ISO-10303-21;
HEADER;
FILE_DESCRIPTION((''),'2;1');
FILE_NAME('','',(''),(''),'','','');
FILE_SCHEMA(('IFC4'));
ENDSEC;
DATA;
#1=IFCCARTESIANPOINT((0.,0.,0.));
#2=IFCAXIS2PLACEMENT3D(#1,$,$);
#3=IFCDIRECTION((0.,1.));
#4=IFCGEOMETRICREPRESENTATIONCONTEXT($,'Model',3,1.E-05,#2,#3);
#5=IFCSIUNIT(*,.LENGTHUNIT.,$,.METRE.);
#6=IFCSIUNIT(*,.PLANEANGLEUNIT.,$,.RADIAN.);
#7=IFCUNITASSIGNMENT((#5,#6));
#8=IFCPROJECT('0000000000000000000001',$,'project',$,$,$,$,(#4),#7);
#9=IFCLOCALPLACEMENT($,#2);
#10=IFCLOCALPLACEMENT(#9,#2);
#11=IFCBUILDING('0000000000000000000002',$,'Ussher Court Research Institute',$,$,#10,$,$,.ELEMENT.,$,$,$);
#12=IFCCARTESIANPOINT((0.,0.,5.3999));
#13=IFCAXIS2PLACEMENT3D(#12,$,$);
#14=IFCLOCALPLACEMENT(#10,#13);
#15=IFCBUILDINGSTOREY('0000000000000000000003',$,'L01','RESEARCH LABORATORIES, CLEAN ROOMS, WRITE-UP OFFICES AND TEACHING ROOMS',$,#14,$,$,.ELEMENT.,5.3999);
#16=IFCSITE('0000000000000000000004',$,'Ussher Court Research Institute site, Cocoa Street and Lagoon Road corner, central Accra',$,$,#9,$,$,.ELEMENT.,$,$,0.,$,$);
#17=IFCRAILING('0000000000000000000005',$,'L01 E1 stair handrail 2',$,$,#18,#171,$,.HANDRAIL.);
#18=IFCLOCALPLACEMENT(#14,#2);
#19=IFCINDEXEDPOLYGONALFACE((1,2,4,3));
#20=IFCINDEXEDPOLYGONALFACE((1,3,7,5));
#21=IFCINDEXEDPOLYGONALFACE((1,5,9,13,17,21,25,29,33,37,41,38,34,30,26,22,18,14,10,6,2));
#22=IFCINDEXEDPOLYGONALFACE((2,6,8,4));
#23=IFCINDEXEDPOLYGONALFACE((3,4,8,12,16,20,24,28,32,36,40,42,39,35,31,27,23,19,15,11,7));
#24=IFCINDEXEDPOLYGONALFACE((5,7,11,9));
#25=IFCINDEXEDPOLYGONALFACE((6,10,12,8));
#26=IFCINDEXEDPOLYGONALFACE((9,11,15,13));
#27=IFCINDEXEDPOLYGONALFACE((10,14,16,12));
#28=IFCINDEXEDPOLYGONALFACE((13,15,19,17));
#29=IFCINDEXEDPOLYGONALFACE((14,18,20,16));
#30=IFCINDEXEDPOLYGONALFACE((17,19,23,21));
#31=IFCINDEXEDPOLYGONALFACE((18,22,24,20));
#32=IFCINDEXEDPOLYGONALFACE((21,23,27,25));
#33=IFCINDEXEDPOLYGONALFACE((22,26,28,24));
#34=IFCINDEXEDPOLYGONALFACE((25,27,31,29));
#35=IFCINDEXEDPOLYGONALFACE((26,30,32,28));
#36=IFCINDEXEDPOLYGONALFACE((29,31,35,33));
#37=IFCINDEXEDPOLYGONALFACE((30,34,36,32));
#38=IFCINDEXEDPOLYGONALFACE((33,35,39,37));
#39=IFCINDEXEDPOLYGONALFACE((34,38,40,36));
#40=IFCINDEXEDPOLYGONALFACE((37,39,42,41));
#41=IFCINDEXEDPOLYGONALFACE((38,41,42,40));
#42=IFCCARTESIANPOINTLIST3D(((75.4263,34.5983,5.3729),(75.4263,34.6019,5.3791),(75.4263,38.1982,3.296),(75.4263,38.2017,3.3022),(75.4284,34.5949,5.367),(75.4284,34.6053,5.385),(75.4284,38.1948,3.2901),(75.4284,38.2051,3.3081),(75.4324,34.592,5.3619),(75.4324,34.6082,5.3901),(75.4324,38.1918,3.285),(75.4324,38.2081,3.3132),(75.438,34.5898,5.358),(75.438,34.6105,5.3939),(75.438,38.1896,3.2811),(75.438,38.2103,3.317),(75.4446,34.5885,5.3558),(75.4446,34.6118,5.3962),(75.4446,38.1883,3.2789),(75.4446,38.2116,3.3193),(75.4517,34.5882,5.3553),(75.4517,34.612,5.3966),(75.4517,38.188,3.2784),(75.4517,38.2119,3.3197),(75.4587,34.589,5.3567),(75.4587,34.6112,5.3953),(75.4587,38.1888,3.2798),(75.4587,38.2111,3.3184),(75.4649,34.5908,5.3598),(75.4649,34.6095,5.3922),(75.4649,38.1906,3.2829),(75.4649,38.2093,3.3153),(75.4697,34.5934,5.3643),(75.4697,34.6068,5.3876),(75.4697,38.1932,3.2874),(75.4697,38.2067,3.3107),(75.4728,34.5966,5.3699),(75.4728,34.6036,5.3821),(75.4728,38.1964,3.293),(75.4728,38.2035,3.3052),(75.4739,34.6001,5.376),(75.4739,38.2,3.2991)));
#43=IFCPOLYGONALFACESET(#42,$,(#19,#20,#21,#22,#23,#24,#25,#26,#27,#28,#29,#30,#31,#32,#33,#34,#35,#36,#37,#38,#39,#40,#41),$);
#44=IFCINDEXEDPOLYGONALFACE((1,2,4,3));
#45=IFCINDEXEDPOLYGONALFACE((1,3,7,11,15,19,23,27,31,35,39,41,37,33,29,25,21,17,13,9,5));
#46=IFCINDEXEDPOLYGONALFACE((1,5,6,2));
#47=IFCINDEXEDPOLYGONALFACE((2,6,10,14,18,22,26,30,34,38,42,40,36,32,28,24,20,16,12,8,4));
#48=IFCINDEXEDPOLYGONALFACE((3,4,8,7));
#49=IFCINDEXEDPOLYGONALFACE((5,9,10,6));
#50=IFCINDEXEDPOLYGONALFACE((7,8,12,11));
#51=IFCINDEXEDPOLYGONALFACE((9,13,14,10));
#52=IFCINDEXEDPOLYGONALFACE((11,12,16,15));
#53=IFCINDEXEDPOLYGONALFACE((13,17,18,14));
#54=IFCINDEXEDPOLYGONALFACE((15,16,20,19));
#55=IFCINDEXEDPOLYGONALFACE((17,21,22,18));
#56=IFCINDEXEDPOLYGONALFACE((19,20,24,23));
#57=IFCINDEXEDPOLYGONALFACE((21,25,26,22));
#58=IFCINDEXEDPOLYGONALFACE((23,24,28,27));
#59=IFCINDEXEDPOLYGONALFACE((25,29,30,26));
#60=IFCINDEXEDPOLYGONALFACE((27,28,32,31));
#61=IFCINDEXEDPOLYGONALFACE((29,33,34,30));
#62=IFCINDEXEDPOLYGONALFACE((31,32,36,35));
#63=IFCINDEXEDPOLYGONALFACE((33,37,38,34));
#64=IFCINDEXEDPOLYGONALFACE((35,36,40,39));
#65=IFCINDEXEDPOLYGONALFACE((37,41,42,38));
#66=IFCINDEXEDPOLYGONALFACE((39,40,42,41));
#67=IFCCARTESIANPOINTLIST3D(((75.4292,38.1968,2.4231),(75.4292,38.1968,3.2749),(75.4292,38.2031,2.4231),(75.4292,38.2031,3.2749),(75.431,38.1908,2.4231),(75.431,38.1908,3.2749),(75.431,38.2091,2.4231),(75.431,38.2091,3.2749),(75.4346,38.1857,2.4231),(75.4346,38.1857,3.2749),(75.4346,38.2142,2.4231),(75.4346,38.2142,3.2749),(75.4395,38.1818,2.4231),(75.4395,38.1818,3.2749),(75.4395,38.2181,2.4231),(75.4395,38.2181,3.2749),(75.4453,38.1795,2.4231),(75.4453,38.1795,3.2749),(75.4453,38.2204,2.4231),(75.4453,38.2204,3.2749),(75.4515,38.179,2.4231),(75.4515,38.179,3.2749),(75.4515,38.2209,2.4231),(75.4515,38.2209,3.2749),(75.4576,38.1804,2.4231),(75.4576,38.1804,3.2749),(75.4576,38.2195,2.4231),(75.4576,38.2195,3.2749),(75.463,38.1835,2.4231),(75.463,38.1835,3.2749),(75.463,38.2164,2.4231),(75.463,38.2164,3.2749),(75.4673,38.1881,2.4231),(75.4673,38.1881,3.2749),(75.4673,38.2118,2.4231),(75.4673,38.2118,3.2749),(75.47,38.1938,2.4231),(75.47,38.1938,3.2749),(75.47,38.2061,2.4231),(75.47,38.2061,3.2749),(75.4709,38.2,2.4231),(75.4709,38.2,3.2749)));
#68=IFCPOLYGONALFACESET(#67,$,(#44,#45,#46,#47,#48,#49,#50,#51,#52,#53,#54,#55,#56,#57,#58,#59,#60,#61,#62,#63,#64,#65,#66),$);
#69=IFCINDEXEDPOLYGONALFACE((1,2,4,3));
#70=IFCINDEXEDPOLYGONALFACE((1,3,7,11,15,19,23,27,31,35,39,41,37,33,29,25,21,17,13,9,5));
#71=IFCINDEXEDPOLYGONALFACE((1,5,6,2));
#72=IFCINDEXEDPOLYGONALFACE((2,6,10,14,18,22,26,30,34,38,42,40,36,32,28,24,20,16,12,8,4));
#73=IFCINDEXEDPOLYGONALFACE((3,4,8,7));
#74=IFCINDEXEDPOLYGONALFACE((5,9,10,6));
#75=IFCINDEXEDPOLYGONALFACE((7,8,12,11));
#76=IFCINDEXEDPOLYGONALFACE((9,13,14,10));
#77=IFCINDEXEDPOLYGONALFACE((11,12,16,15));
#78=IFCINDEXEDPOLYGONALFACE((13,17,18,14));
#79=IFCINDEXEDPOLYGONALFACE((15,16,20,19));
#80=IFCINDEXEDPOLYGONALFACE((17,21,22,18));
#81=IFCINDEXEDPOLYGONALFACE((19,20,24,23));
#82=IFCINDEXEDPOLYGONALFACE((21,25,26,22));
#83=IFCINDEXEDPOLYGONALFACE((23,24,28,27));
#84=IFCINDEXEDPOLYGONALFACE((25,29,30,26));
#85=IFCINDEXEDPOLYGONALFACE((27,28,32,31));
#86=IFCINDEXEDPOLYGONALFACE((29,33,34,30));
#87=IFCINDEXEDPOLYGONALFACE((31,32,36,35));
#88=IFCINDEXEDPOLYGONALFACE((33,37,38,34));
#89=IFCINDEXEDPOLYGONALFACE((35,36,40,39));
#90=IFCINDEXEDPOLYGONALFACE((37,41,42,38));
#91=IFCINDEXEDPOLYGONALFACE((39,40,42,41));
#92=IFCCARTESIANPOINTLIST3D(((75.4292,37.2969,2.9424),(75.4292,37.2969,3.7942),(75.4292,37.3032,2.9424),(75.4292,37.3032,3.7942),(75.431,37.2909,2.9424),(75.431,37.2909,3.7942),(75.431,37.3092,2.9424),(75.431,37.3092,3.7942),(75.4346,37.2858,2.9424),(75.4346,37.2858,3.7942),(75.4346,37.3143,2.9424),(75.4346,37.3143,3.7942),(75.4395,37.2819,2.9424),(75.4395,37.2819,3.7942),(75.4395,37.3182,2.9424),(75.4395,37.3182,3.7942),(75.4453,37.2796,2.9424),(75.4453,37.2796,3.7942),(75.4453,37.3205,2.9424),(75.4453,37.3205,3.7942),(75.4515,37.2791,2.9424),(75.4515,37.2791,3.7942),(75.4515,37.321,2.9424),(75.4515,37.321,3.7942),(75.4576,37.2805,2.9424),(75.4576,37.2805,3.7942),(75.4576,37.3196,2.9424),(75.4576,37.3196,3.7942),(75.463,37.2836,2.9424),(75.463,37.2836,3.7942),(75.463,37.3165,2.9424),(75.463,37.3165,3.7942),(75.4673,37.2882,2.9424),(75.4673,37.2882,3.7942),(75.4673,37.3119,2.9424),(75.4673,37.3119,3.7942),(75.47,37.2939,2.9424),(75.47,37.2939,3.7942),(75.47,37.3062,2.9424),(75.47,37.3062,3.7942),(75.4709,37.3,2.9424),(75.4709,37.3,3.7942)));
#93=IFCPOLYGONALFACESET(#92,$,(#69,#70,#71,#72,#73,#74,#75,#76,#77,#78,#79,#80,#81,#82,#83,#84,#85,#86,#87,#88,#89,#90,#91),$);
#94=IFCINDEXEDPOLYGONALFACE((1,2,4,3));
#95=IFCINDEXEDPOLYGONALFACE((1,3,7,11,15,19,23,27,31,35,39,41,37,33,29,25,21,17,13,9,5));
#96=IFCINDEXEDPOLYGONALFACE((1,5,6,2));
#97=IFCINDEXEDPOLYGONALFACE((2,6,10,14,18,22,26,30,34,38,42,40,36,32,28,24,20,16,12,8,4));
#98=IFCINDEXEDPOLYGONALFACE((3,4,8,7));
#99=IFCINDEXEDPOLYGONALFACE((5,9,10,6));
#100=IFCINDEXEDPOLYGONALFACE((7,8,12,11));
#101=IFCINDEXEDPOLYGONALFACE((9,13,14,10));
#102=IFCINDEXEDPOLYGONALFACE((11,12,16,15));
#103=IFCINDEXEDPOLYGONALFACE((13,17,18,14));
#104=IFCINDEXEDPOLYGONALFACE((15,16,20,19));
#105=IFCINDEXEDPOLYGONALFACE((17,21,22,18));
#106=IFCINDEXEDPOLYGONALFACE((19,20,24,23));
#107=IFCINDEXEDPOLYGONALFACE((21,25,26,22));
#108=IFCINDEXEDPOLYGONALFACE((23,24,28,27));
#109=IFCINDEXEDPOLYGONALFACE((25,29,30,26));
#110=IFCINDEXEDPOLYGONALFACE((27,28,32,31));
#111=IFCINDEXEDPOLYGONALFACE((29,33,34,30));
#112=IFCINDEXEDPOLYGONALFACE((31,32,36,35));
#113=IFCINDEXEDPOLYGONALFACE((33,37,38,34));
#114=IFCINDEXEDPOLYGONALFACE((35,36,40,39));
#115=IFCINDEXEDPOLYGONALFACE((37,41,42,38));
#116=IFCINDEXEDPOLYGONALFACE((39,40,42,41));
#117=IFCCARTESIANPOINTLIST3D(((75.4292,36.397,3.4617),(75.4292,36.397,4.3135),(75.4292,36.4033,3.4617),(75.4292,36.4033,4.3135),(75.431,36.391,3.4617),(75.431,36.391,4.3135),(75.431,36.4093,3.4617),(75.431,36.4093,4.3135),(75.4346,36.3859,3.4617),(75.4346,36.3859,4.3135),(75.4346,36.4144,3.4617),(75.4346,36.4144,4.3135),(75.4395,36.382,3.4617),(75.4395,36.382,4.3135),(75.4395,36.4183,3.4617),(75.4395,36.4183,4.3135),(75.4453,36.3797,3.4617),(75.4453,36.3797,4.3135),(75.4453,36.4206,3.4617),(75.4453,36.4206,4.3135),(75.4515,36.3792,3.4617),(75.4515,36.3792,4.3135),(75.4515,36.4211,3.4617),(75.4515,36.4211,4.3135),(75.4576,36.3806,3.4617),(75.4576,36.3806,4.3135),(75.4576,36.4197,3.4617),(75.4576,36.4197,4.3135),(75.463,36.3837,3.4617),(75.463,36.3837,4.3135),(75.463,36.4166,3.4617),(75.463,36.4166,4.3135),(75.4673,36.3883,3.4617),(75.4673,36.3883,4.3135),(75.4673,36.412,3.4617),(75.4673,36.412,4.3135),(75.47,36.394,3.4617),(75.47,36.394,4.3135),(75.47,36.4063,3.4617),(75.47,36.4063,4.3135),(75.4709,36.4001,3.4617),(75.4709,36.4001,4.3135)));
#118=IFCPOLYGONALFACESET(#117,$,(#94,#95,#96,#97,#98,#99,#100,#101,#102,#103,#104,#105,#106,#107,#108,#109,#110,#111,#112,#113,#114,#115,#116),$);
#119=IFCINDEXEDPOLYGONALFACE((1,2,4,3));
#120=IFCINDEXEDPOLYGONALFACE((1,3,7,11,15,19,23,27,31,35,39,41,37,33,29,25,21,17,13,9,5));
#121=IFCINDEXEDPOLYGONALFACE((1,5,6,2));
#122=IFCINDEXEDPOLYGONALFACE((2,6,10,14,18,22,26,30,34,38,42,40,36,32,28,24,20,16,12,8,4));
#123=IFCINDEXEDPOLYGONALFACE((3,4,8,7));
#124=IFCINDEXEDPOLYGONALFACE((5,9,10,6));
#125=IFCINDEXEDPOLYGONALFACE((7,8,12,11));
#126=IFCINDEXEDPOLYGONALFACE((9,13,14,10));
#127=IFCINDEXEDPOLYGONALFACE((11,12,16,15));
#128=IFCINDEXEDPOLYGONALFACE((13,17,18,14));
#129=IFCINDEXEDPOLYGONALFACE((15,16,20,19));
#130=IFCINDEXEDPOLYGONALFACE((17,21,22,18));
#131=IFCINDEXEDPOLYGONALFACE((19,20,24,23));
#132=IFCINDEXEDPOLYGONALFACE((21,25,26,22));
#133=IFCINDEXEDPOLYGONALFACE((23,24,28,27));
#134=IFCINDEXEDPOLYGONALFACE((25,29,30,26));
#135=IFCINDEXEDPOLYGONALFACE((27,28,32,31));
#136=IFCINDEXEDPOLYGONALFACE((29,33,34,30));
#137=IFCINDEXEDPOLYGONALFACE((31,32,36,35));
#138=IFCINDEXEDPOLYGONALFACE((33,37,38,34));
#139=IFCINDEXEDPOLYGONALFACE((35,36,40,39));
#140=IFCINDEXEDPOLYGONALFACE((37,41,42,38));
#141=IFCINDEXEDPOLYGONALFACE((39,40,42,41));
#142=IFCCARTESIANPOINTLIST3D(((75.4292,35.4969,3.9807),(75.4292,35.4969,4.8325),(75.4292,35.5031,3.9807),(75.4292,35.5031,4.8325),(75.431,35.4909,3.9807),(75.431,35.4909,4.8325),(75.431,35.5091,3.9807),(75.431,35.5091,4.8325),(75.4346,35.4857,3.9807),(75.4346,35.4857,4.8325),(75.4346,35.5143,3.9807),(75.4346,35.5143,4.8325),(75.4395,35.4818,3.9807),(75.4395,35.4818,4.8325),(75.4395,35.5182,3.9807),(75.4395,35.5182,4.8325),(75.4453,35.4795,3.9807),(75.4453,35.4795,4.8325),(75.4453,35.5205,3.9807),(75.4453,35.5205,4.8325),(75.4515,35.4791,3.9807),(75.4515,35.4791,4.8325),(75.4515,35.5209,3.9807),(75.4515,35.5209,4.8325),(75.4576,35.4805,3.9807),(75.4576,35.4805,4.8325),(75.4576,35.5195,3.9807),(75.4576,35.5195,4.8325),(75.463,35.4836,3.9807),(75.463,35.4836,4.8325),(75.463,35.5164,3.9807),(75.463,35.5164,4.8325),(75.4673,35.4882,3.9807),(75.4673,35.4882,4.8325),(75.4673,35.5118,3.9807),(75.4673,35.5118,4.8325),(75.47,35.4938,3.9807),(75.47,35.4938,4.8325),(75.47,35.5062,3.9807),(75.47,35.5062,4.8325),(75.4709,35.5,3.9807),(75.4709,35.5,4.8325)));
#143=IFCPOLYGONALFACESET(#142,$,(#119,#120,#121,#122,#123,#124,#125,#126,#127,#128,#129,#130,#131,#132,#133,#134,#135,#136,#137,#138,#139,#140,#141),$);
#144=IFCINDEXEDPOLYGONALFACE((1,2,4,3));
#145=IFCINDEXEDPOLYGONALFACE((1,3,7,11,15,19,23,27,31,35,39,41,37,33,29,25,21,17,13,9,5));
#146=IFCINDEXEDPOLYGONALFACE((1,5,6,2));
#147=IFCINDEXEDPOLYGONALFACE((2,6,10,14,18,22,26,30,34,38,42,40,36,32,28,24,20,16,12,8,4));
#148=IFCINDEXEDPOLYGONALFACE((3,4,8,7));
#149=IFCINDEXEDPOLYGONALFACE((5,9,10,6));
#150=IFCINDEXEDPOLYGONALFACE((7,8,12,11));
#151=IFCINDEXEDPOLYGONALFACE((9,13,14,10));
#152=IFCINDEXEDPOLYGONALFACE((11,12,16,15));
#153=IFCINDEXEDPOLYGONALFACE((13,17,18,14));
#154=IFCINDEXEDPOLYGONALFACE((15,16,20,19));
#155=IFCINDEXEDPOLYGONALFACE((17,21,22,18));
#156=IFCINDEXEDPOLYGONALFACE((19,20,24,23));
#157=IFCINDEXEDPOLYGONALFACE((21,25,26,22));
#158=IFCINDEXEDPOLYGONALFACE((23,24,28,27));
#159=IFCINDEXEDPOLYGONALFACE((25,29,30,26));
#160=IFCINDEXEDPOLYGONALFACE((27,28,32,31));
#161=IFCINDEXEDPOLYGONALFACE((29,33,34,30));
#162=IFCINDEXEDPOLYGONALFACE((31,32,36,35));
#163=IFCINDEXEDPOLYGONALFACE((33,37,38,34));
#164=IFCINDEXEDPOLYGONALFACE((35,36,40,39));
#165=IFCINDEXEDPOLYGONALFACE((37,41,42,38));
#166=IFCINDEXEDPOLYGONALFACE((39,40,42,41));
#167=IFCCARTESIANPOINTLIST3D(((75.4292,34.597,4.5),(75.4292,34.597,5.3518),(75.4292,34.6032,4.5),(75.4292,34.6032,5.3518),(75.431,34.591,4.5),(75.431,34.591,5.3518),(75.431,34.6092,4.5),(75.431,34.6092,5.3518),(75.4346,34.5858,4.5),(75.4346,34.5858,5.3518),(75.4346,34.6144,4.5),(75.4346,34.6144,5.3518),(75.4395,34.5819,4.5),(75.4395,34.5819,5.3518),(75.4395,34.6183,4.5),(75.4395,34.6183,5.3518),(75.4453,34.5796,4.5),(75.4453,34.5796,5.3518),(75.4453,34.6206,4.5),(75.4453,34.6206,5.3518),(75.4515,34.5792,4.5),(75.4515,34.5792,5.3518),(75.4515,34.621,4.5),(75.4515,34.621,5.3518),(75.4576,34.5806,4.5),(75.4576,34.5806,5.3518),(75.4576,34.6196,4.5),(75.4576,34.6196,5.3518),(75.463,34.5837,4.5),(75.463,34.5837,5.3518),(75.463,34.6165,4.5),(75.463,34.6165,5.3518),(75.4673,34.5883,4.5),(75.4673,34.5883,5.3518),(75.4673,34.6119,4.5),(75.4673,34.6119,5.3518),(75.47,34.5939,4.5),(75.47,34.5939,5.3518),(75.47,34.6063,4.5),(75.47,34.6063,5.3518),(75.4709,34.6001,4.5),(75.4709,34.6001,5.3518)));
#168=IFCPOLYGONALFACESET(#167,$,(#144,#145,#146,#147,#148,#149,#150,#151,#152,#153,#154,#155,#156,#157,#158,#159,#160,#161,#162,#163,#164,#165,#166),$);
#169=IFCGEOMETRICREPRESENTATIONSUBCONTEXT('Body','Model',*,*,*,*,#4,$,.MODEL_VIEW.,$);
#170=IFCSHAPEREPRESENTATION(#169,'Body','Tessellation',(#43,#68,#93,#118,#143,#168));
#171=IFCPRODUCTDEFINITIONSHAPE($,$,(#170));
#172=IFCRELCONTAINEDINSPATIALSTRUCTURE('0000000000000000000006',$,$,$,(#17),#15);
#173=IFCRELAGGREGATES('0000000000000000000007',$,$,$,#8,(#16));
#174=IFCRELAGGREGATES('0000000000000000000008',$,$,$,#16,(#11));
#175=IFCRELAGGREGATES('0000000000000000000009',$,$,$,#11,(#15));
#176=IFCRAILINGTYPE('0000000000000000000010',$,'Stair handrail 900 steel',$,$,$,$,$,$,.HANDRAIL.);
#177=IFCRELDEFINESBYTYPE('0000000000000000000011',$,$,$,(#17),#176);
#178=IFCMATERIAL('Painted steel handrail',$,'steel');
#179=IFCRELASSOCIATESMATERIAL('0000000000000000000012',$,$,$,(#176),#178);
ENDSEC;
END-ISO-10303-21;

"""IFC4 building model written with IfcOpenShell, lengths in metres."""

from ifc_helpers import new_model, si_unit, direction, frame, origin, origin_2d, place, context, subcontext, project, spatial, circle, extrude, material, type_object, element, save


model = new_model("IFC4")

# Units and contexts
model_context = context("Model", 3, precision=1e-05, world=origin(), true_north=direction((0.0, 1.0)))
body_context = subcontext(model_context, "Body", "Model", "MODEL_VIEW")
ifc_project = project(units=[si_unit("LENGTHUNIT", "METRE"), si_unit("PLANEANGLEUNIT", "RADIAN")], contexts=[model_context])

# Site, building, storey
site_placement = place(None, origin())
site = spatial("IfcSite", under=ifc_project, at=site_placement, Name="Ussher Court Research Institute site, Cocoa Street and Lagoon Road corner, central Accra", CompositionType="ELEMENT", RefElevation=0.0)
building_placement = place(site_placement, origin())
building = spatial("IfcBuilding", under=site, at=building_placement, Name="Ussher Court Research Institute", CompositionType="ELEMENT")
storey_placement = place(building_placement, frame((0.0, 0.0, 5.3999)))
storey = spatial("IfcBuildingStorey", under=building, at=storey_placement, Name="L01", Description="RESEARCH LABORATORIES, CLEAN ROOMS, WRITE-UP OFFICES AND TEACHING ROOMS", CompositionType="ELEMENT", Elevation=5.3999)

# Railing
ifc_material_1 = material(Name="Painted steel handrail", Category="steel")
railing_type_1 = type_object("IfcRailingType", Name="Stair handrail 900 steel", PredefinedType="HANDRAIL", material=ifc_material_1)
railing_1_placement = place(storey_placement, frame((75.45, 38.2, 2.4231)))
element("IfcRailing", 1, at=railing_1_placement, inside=storey, type_object=railing_type_1, Name="L01 E1 stair handrail 2", PredefinedType="HANDRAIL", context=body_context, shape_type="SweptSolid", body=[
    extrude(circle(Radius=0.0239, at=origin_2d()), frame((0.0, 0.0, 0.876), z_axis=(0.0, -0.866179, 0.499734), x_axis=(1.0, 0.0, 0.0)), (0.0, 0.0, 1.0), 4.156),
    extrude(circle(Radius=0.021, at=origin_2d()), origin(), (0.0, 0.0, 1.0), 0.8518),
    extrude(circle(Radius=0.021, at=origin_2d()), frame((0.0, -0.8999, 0.5193)), (0.0, 0.0, 1.0), 0.8518),
    extrude(circle(Radius=0.021, at=origin_2d()), frame((0.0, -1.7998, 1.0386)), (0.0, 0.0, 1.0), 0.8518),
    extrude(circle(Radius=0.021, at=origin_2d()), frame((0.0, -2.7, 1.5576)), (0.0, 0.0, 1.0), 0.8518),
    extrude(circle(Radius=0.021, at=origin_2d()), frame((0.0, -3.5999, 2.0769)), (0.0, 0.0, 1.0), 0.8518),
])

save(model, "model.ifc")
